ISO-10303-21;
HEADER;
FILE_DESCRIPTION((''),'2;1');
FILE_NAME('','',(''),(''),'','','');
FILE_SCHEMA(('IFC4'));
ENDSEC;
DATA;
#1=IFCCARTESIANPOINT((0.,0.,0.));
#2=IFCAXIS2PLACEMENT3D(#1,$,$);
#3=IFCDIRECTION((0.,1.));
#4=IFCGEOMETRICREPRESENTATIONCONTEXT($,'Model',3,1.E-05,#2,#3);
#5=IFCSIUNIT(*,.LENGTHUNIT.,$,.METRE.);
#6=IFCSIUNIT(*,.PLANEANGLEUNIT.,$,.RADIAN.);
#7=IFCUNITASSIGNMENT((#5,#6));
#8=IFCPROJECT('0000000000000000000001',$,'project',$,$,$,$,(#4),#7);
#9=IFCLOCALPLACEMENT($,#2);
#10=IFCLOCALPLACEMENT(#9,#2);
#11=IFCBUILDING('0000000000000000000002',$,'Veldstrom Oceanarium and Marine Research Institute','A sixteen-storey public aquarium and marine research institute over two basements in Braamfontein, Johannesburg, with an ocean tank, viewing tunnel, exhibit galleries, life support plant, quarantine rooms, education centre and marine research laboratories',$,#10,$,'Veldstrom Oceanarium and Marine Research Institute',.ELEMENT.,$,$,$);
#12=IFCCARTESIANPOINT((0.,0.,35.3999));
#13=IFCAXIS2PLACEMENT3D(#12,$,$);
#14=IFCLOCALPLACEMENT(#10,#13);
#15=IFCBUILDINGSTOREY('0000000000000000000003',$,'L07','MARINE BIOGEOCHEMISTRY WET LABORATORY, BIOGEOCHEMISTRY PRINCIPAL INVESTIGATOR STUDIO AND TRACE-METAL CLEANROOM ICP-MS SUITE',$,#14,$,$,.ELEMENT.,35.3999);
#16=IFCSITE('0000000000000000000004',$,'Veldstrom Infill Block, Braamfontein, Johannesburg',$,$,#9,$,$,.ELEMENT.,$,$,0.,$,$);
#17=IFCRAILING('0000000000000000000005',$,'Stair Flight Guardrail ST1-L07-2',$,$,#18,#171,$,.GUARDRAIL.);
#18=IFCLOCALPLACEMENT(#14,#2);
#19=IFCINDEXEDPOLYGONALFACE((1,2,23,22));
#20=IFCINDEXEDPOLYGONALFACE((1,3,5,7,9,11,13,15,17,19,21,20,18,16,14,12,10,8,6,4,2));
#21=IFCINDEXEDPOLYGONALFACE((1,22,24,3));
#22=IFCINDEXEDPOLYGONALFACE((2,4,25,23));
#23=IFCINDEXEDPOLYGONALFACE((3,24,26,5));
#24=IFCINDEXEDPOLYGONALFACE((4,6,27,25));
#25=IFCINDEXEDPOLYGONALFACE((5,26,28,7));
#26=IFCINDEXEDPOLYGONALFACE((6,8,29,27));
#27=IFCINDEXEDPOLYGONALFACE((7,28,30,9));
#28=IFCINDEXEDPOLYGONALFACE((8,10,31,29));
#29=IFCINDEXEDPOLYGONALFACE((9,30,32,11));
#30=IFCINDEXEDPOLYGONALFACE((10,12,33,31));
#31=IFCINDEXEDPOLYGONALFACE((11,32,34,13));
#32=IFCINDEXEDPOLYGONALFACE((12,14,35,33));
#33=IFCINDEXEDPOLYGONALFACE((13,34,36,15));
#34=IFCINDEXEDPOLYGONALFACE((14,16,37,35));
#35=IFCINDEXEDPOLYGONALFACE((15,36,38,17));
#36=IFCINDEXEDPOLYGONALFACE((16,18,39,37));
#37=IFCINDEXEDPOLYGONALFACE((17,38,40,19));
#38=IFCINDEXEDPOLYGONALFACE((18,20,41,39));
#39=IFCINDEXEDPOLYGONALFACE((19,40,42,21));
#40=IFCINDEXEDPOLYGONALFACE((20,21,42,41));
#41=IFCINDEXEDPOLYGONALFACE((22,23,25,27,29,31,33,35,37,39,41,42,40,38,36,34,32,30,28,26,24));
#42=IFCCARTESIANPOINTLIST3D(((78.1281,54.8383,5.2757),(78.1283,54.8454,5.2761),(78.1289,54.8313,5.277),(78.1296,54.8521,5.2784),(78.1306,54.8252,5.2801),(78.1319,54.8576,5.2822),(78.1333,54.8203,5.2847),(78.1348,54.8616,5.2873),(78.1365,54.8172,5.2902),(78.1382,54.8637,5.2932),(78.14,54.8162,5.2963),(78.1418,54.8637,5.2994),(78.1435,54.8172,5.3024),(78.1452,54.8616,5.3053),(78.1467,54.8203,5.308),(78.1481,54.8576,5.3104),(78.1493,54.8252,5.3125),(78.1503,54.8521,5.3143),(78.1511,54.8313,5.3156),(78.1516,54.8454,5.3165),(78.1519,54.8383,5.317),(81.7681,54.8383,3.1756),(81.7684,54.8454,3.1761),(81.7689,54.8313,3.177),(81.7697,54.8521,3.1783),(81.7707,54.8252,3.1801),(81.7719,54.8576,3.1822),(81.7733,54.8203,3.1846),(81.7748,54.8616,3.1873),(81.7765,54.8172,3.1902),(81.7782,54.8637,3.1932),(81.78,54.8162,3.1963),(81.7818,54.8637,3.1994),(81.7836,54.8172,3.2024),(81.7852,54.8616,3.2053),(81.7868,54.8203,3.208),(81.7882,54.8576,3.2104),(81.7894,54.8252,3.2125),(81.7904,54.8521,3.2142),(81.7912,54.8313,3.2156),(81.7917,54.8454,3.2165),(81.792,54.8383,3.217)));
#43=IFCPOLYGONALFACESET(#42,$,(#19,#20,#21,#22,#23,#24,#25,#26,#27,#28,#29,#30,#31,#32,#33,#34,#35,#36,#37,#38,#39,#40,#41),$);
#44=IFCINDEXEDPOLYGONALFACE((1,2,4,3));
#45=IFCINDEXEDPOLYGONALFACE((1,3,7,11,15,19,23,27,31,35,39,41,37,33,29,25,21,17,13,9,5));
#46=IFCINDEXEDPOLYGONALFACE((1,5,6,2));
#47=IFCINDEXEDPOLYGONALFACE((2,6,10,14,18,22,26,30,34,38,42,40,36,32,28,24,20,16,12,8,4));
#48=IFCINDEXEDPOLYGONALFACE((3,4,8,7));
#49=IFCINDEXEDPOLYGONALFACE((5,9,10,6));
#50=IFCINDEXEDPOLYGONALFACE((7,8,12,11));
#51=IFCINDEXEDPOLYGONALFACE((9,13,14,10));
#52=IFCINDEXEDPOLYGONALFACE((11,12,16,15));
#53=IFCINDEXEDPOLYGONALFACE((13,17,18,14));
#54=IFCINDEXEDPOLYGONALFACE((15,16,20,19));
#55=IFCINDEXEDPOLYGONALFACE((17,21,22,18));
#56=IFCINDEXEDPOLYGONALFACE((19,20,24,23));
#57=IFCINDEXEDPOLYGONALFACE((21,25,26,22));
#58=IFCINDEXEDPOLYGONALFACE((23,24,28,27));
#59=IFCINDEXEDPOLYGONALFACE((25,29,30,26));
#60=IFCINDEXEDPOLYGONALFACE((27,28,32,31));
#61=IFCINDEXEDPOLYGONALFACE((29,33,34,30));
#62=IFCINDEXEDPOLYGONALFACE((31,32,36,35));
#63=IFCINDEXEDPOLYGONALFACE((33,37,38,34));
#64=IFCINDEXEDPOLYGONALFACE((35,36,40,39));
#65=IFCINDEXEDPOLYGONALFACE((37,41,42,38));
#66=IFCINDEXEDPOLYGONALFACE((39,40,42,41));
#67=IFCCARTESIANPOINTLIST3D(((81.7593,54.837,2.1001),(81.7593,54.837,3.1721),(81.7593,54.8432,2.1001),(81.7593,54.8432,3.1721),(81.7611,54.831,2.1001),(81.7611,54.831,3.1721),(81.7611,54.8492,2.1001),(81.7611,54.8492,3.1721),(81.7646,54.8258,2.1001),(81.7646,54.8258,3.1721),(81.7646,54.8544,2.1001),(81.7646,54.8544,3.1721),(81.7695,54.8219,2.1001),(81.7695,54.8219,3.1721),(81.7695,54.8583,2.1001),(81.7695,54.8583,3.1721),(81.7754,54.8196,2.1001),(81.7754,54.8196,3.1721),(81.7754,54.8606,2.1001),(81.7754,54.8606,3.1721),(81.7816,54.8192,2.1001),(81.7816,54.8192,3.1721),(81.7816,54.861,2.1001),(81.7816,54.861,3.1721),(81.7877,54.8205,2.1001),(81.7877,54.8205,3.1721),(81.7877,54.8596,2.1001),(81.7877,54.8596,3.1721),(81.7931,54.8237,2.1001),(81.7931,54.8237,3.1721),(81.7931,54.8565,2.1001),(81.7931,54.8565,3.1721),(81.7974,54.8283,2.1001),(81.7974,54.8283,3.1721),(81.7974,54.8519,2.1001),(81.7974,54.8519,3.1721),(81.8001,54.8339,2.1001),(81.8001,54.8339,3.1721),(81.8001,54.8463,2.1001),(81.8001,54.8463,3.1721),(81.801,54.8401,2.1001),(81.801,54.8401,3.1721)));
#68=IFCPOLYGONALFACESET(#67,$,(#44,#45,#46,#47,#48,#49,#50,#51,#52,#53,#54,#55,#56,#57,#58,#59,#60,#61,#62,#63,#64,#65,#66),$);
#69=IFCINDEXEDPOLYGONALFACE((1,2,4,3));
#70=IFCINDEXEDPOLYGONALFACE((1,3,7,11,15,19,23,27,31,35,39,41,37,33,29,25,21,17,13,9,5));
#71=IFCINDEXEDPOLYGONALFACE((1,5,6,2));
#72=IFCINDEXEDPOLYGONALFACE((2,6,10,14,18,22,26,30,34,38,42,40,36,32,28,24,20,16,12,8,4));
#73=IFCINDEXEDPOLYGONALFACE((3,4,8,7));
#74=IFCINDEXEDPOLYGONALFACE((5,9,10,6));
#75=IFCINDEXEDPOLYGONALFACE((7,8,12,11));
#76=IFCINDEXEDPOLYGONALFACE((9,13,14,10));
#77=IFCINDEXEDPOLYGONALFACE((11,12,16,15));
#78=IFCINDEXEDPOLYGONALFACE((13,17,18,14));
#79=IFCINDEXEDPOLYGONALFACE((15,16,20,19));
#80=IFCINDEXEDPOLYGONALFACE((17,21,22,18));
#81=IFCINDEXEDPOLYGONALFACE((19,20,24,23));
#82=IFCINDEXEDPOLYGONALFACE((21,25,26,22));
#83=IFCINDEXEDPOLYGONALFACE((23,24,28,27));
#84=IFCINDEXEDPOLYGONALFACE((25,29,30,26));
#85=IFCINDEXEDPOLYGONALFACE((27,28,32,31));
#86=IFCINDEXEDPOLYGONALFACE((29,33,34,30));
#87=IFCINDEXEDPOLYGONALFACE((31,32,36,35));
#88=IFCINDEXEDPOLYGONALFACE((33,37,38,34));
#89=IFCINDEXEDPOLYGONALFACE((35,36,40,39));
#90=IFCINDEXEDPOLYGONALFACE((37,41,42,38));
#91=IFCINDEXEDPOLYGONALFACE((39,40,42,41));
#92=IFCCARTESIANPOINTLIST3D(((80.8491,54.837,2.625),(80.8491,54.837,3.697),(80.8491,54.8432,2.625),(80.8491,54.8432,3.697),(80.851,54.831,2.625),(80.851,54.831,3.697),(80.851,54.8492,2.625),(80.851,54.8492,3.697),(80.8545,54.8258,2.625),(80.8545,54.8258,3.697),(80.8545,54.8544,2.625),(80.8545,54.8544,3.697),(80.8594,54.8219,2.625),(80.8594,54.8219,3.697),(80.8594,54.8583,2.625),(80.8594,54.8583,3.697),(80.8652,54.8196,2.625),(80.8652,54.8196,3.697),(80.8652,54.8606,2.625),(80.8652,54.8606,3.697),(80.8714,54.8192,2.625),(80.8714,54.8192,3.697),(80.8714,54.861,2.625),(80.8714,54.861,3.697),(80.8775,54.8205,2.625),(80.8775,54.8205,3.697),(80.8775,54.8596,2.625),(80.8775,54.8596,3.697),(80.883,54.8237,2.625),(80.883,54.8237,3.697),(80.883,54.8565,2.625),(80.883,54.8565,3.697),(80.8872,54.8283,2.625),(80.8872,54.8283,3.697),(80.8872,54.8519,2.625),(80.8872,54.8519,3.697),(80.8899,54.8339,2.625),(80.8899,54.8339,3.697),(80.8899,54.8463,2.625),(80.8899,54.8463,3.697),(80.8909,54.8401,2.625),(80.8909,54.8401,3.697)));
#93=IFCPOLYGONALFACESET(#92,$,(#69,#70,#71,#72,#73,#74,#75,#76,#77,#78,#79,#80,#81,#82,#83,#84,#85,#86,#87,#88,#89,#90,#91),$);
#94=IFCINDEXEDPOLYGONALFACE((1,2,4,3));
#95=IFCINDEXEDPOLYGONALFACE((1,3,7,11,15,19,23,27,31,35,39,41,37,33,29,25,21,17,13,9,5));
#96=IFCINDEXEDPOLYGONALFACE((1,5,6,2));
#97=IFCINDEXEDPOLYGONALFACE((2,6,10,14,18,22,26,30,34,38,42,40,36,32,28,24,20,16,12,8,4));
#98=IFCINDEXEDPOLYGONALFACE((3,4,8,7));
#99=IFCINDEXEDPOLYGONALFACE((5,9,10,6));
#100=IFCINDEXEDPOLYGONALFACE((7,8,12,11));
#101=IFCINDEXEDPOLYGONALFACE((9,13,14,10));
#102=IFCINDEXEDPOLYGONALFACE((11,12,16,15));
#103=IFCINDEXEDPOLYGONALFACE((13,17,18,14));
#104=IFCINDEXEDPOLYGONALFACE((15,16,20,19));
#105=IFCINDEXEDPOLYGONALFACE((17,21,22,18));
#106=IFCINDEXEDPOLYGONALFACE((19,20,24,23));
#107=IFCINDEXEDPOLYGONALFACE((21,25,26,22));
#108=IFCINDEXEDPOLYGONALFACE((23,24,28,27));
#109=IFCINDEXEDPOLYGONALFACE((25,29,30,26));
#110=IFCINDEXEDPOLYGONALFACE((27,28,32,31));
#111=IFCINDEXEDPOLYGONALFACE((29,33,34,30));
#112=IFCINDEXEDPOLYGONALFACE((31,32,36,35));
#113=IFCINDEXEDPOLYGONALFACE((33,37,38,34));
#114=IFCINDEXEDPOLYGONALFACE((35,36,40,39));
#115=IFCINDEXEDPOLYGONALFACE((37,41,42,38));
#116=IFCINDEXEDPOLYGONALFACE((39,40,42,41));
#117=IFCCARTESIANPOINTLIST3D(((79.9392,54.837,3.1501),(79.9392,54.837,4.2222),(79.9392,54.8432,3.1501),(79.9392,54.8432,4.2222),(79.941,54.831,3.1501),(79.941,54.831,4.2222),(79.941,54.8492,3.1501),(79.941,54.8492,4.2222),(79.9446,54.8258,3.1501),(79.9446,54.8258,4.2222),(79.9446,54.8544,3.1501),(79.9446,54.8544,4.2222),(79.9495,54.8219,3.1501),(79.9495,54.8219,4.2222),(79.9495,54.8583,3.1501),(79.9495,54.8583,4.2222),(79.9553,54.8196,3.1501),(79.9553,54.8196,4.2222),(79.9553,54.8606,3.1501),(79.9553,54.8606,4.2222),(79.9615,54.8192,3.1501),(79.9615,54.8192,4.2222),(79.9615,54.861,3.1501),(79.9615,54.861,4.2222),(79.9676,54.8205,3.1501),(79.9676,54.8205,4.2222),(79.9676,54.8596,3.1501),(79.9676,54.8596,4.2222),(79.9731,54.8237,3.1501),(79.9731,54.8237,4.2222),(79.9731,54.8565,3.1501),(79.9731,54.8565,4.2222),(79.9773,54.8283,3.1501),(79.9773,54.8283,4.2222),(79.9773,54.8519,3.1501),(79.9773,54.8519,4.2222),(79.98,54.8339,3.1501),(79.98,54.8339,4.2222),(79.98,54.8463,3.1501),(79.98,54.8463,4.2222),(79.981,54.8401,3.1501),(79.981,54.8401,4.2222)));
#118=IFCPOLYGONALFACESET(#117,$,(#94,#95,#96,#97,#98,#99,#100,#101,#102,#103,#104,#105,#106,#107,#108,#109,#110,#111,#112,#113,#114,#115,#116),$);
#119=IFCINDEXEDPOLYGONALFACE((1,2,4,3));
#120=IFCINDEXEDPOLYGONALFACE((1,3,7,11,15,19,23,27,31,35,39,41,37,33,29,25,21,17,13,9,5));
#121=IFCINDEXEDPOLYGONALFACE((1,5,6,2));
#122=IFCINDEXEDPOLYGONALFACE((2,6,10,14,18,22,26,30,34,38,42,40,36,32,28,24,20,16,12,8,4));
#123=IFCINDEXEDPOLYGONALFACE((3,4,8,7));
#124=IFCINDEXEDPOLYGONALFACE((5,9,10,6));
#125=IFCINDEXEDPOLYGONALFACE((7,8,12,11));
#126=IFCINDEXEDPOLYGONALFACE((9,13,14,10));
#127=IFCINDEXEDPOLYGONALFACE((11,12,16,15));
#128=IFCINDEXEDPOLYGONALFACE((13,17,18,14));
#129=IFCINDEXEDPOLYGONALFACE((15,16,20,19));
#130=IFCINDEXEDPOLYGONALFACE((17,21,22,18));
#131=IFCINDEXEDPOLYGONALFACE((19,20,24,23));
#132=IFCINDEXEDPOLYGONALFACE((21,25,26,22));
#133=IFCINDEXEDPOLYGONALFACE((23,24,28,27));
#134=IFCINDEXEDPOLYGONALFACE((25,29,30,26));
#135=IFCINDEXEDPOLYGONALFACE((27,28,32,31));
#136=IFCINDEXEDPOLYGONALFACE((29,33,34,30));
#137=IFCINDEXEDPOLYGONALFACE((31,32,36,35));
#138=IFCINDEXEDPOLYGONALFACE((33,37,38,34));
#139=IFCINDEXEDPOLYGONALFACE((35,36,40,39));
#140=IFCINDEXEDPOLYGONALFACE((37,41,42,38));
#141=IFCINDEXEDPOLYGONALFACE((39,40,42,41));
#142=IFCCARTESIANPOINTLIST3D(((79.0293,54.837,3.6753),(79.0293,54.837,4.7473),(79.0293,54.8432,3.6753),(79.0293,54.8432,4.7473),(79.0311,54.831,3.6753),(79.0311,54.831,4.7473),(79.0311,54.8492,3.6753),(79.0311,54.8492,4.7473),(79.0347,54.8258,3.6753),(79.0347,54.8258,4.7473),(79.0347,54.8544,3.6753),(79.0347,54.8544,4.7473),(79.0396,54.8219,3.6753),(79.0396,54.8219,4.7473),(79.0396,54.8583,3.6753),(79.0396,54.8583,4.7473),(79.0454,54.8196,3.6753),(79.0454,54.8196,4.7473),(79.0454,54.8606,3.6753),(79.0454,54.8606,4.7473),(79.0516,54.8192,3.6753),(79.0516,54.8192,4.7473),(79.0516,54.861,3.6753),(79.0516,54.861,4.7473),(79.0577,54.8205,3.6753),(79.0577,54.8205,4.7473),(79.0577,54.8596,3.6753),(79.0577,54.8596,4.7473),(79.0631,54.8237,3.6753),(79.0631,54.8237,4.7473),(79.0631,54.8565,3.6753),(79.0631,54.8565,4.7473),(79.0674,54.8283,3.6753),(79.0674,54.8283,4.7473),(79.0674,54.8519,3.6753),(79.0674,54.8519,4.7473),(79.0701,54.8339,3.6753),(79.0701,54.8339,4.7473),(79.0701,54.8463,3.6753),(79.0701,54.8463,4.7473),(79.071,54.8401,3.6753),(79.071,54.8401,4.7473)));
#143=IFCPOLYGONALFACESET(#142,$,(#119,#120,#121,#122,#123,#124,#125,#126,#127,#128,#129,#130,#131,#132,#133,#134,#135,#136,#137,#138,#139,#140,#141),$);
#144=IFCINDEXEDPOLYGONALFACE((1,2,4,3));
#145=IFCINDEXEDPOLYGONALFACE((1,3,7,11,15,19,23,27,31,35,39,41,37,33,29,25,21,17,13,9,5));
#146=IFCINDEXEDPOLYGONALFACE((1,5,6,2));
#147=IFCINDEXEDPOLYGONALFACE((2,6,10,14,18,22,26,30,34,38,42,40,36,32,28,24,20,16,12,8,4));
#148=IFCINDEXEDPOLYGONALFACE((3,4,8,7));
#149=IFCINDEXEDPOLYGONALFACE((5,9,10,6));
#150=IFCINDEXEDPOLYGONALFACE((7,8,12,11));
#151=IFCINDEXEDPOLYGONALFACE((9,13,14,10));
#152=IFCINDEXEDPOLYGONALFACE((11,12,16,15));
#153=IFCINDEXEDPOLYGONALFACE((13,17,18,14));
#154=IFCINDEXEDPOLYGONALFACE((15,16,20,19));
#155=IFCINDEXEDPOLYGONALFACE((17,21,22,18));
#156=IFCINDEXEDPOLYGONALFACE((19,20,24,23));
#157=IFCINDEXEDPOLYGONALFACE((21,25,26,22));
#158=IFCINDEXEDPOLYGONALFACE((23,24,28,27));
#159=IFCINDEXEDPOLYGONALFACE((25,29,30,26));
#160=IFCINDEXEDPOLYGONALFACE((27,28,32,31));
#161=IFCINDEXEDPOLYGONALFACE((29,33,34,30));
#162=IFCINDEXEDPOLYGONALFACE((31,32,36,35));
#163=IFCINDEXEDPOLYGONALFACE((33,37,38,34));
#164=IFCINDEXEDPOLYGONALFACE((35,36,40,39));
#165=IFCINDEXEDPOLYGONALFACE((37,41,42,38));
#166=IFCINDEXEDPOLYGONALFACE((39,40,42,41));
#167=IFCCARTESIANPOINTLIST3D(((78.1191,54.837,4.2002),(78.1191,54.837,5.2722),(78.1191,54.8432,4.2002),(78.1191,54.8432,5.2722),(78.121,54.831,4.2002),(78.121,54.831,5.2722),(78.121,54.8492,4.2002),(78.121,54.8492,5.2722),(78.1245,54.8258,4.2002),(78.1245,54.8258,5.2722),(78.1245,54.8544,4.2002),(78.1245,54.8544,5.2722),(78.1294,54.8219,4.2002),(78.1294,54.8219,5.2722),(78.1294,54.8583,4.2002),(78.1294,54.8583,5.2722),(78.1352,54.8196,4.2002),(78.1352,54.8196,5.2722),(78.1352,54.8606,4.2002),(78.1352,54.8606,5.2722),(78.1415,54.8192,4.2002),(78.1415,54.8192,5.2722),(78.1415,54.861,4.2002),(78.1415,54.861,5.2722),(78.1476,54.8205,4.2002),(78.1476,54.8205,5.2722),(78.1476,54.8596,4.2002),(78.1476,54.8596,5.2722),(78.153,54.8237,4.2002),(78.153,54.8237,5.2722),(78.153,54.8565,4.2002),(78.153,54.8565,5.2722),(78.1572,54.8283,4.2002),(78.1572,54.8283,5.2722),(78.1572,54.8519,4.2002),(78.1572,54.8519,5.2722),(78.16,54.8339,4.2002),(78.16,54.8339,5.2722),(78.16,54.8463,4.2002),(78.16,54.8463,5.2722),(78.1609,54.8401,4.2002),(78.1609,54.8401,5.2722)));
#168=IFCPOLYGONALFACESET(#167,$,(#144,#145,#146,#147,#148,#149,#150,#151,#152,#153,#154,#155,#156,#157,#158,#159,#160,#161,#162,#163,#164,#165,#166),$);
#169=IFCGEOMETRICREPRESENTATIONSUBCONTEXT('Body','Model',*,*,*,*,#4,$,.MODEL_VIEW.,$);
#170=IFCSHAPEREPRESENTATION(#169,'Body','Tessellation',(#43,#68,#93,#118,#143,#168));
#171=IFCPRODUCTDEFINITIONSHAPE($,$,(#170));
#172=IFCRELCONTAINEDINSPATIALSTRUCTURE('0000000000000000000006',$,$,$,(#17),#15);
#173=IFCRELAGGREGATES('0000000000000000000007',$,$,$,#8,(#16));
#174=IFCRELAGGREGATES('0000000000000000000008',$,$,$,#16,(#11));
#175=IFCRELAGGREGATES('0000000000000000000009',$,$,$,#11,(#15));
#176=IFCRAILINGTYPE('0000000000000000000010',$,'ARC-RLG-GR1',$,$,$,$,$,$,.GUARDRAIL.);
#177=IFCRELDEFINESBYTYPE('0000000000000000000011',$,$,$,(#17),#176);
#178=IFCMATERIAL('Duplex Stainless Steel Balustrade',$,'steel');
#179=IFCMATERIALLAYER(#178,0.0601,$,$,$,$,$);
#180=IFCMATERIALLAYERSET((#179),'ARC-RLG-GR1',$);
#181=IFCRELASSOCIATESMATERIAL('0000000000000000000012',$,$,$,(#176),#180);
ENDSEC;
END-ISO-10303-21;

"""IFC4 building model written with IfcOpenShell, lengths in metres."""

from ifc_helpers import new_model, si_unit, direction, frame, origin, origin_2d, place, context, subcontext, project, spatial, circle, extrude, material, layer, layer_set, type_object, element, save


model = new_model("IFC4")

# Units and contexts
model_context = context("Model", 3, precision=1e-05, world=origin(), true_north=direction((0.0, 1.0)))
body_context = subcontext(model_context, "Body", "Model", "MODEL_VIEW")
ifc_project = project(units=[si_unit("LENGTHUNIT", "METRE"), si_unit("PLANEANGLEUNIT", "RADIAN")], contexts=[model_context])

# Site, building, storey
site_placement = place(None, origin())
site = spatial("IfcSite", under=ifc_project, at=site_placement, Name="Veldstrom Infill Block, Braamfontein, Johannesburg", CompositionType="ELEMENT", RefElevation=0.0)
building_placement = place(site_placement, origin())
building = spatial("IfcBuilding", under=site, at=building_placement, Name="Veldstrom Oceanarium and Marine Research Institute", Description="A sixteen-storey public aquarium and marine research institute over two basements in Braamfontein, Johannesburg, with an ocean tank, viewing tunnel, exhibit galleries, life support plant, quarantine rooms, education centre and marine research laboratories", LongName="Veldstrom Oceanarium and Marine Research Institute", CompositionType="ELEMENT")
storey_placement = place(building_placement, frame((0.0, 0.0, 35.3999)))
storey = spatial("IfcBuildingStorey", under=building, at=storey_placement, Name="L07", Description="MARINE BIOGEOCHEMISTRY WET LABORATORY, BIOGEOCHEMISTRY PRINCIPAL INVESTIGATOR STUDIO AND TRACE-METAL CLEANROOM ICP-MS SUITE", CompositionType="ELEMENT", Elevation=35.3999)

# Railing
ifc_material_1 = material(Name="Duplex Stainless Steel Balustrade", Category="steel")
ifc_layer_1 = layer(ifc_material_1, 0.0601)
ifc_layer_set_1 = layer_set([ifc_layer_1], Name="ARC-RLG-GR1")
railing_type_1 = type_object("IfcRailingType", Name="ARC-RLG-GR1", PredefinedType="GUARDRAIL", material=ifc_layer_set_1)
railing_1_placement = place(storey_placement, frame((81.78, 54.8401, 2.1001)))
element("IfcRailing", 1, at=railing_1_placement, inside=storey, type_object=railing_type_1, Name="Stair Flight Guardrail ST1-L07-2", PredefinedType="GUARDRAIL", context=body_context, shape_type="SweptSolid", body=[
    extrude(circle(Radius=0.0239, at=origin_2d()), frame((0.0, 0.0, 1.0962), z_axis=(-0.866184, 0.0, 0.499726), x_axis=(0.0, -1.0, 0.0)), (0.0, 0.0, 1.0), 4.2024),
    extrude(circle(Radius=0.021, at=origin_2d()), origin(), (0.0, 0.0, 1.0), 1.072),
    extrude(circle(Radius=0.021, at=origin_2d()), frame((-0.9102, 0.0, 0.5249)), (0.0, 0.0, 1.0), 1.072),
    extrude(circle(Radius=0.021, at=origin_2d()), frame((-1.8201, 0.0, 1.05)), (0.0, 0.0, 1.0), 1.072),
    extrude(circle(Radius=0.021, at=origin_2d()), frame((-2.73, 0.0, 1.5752)), (0.0, 0.0, 1.0), 1.072),
    extrude(circle(Radius=0.021, at=origin_2d()), frame((-3.6401, 0.0, 2.1001)), (0.0, 0.0, 1.0), 1.072),
])

save(model, "model.ifc")
